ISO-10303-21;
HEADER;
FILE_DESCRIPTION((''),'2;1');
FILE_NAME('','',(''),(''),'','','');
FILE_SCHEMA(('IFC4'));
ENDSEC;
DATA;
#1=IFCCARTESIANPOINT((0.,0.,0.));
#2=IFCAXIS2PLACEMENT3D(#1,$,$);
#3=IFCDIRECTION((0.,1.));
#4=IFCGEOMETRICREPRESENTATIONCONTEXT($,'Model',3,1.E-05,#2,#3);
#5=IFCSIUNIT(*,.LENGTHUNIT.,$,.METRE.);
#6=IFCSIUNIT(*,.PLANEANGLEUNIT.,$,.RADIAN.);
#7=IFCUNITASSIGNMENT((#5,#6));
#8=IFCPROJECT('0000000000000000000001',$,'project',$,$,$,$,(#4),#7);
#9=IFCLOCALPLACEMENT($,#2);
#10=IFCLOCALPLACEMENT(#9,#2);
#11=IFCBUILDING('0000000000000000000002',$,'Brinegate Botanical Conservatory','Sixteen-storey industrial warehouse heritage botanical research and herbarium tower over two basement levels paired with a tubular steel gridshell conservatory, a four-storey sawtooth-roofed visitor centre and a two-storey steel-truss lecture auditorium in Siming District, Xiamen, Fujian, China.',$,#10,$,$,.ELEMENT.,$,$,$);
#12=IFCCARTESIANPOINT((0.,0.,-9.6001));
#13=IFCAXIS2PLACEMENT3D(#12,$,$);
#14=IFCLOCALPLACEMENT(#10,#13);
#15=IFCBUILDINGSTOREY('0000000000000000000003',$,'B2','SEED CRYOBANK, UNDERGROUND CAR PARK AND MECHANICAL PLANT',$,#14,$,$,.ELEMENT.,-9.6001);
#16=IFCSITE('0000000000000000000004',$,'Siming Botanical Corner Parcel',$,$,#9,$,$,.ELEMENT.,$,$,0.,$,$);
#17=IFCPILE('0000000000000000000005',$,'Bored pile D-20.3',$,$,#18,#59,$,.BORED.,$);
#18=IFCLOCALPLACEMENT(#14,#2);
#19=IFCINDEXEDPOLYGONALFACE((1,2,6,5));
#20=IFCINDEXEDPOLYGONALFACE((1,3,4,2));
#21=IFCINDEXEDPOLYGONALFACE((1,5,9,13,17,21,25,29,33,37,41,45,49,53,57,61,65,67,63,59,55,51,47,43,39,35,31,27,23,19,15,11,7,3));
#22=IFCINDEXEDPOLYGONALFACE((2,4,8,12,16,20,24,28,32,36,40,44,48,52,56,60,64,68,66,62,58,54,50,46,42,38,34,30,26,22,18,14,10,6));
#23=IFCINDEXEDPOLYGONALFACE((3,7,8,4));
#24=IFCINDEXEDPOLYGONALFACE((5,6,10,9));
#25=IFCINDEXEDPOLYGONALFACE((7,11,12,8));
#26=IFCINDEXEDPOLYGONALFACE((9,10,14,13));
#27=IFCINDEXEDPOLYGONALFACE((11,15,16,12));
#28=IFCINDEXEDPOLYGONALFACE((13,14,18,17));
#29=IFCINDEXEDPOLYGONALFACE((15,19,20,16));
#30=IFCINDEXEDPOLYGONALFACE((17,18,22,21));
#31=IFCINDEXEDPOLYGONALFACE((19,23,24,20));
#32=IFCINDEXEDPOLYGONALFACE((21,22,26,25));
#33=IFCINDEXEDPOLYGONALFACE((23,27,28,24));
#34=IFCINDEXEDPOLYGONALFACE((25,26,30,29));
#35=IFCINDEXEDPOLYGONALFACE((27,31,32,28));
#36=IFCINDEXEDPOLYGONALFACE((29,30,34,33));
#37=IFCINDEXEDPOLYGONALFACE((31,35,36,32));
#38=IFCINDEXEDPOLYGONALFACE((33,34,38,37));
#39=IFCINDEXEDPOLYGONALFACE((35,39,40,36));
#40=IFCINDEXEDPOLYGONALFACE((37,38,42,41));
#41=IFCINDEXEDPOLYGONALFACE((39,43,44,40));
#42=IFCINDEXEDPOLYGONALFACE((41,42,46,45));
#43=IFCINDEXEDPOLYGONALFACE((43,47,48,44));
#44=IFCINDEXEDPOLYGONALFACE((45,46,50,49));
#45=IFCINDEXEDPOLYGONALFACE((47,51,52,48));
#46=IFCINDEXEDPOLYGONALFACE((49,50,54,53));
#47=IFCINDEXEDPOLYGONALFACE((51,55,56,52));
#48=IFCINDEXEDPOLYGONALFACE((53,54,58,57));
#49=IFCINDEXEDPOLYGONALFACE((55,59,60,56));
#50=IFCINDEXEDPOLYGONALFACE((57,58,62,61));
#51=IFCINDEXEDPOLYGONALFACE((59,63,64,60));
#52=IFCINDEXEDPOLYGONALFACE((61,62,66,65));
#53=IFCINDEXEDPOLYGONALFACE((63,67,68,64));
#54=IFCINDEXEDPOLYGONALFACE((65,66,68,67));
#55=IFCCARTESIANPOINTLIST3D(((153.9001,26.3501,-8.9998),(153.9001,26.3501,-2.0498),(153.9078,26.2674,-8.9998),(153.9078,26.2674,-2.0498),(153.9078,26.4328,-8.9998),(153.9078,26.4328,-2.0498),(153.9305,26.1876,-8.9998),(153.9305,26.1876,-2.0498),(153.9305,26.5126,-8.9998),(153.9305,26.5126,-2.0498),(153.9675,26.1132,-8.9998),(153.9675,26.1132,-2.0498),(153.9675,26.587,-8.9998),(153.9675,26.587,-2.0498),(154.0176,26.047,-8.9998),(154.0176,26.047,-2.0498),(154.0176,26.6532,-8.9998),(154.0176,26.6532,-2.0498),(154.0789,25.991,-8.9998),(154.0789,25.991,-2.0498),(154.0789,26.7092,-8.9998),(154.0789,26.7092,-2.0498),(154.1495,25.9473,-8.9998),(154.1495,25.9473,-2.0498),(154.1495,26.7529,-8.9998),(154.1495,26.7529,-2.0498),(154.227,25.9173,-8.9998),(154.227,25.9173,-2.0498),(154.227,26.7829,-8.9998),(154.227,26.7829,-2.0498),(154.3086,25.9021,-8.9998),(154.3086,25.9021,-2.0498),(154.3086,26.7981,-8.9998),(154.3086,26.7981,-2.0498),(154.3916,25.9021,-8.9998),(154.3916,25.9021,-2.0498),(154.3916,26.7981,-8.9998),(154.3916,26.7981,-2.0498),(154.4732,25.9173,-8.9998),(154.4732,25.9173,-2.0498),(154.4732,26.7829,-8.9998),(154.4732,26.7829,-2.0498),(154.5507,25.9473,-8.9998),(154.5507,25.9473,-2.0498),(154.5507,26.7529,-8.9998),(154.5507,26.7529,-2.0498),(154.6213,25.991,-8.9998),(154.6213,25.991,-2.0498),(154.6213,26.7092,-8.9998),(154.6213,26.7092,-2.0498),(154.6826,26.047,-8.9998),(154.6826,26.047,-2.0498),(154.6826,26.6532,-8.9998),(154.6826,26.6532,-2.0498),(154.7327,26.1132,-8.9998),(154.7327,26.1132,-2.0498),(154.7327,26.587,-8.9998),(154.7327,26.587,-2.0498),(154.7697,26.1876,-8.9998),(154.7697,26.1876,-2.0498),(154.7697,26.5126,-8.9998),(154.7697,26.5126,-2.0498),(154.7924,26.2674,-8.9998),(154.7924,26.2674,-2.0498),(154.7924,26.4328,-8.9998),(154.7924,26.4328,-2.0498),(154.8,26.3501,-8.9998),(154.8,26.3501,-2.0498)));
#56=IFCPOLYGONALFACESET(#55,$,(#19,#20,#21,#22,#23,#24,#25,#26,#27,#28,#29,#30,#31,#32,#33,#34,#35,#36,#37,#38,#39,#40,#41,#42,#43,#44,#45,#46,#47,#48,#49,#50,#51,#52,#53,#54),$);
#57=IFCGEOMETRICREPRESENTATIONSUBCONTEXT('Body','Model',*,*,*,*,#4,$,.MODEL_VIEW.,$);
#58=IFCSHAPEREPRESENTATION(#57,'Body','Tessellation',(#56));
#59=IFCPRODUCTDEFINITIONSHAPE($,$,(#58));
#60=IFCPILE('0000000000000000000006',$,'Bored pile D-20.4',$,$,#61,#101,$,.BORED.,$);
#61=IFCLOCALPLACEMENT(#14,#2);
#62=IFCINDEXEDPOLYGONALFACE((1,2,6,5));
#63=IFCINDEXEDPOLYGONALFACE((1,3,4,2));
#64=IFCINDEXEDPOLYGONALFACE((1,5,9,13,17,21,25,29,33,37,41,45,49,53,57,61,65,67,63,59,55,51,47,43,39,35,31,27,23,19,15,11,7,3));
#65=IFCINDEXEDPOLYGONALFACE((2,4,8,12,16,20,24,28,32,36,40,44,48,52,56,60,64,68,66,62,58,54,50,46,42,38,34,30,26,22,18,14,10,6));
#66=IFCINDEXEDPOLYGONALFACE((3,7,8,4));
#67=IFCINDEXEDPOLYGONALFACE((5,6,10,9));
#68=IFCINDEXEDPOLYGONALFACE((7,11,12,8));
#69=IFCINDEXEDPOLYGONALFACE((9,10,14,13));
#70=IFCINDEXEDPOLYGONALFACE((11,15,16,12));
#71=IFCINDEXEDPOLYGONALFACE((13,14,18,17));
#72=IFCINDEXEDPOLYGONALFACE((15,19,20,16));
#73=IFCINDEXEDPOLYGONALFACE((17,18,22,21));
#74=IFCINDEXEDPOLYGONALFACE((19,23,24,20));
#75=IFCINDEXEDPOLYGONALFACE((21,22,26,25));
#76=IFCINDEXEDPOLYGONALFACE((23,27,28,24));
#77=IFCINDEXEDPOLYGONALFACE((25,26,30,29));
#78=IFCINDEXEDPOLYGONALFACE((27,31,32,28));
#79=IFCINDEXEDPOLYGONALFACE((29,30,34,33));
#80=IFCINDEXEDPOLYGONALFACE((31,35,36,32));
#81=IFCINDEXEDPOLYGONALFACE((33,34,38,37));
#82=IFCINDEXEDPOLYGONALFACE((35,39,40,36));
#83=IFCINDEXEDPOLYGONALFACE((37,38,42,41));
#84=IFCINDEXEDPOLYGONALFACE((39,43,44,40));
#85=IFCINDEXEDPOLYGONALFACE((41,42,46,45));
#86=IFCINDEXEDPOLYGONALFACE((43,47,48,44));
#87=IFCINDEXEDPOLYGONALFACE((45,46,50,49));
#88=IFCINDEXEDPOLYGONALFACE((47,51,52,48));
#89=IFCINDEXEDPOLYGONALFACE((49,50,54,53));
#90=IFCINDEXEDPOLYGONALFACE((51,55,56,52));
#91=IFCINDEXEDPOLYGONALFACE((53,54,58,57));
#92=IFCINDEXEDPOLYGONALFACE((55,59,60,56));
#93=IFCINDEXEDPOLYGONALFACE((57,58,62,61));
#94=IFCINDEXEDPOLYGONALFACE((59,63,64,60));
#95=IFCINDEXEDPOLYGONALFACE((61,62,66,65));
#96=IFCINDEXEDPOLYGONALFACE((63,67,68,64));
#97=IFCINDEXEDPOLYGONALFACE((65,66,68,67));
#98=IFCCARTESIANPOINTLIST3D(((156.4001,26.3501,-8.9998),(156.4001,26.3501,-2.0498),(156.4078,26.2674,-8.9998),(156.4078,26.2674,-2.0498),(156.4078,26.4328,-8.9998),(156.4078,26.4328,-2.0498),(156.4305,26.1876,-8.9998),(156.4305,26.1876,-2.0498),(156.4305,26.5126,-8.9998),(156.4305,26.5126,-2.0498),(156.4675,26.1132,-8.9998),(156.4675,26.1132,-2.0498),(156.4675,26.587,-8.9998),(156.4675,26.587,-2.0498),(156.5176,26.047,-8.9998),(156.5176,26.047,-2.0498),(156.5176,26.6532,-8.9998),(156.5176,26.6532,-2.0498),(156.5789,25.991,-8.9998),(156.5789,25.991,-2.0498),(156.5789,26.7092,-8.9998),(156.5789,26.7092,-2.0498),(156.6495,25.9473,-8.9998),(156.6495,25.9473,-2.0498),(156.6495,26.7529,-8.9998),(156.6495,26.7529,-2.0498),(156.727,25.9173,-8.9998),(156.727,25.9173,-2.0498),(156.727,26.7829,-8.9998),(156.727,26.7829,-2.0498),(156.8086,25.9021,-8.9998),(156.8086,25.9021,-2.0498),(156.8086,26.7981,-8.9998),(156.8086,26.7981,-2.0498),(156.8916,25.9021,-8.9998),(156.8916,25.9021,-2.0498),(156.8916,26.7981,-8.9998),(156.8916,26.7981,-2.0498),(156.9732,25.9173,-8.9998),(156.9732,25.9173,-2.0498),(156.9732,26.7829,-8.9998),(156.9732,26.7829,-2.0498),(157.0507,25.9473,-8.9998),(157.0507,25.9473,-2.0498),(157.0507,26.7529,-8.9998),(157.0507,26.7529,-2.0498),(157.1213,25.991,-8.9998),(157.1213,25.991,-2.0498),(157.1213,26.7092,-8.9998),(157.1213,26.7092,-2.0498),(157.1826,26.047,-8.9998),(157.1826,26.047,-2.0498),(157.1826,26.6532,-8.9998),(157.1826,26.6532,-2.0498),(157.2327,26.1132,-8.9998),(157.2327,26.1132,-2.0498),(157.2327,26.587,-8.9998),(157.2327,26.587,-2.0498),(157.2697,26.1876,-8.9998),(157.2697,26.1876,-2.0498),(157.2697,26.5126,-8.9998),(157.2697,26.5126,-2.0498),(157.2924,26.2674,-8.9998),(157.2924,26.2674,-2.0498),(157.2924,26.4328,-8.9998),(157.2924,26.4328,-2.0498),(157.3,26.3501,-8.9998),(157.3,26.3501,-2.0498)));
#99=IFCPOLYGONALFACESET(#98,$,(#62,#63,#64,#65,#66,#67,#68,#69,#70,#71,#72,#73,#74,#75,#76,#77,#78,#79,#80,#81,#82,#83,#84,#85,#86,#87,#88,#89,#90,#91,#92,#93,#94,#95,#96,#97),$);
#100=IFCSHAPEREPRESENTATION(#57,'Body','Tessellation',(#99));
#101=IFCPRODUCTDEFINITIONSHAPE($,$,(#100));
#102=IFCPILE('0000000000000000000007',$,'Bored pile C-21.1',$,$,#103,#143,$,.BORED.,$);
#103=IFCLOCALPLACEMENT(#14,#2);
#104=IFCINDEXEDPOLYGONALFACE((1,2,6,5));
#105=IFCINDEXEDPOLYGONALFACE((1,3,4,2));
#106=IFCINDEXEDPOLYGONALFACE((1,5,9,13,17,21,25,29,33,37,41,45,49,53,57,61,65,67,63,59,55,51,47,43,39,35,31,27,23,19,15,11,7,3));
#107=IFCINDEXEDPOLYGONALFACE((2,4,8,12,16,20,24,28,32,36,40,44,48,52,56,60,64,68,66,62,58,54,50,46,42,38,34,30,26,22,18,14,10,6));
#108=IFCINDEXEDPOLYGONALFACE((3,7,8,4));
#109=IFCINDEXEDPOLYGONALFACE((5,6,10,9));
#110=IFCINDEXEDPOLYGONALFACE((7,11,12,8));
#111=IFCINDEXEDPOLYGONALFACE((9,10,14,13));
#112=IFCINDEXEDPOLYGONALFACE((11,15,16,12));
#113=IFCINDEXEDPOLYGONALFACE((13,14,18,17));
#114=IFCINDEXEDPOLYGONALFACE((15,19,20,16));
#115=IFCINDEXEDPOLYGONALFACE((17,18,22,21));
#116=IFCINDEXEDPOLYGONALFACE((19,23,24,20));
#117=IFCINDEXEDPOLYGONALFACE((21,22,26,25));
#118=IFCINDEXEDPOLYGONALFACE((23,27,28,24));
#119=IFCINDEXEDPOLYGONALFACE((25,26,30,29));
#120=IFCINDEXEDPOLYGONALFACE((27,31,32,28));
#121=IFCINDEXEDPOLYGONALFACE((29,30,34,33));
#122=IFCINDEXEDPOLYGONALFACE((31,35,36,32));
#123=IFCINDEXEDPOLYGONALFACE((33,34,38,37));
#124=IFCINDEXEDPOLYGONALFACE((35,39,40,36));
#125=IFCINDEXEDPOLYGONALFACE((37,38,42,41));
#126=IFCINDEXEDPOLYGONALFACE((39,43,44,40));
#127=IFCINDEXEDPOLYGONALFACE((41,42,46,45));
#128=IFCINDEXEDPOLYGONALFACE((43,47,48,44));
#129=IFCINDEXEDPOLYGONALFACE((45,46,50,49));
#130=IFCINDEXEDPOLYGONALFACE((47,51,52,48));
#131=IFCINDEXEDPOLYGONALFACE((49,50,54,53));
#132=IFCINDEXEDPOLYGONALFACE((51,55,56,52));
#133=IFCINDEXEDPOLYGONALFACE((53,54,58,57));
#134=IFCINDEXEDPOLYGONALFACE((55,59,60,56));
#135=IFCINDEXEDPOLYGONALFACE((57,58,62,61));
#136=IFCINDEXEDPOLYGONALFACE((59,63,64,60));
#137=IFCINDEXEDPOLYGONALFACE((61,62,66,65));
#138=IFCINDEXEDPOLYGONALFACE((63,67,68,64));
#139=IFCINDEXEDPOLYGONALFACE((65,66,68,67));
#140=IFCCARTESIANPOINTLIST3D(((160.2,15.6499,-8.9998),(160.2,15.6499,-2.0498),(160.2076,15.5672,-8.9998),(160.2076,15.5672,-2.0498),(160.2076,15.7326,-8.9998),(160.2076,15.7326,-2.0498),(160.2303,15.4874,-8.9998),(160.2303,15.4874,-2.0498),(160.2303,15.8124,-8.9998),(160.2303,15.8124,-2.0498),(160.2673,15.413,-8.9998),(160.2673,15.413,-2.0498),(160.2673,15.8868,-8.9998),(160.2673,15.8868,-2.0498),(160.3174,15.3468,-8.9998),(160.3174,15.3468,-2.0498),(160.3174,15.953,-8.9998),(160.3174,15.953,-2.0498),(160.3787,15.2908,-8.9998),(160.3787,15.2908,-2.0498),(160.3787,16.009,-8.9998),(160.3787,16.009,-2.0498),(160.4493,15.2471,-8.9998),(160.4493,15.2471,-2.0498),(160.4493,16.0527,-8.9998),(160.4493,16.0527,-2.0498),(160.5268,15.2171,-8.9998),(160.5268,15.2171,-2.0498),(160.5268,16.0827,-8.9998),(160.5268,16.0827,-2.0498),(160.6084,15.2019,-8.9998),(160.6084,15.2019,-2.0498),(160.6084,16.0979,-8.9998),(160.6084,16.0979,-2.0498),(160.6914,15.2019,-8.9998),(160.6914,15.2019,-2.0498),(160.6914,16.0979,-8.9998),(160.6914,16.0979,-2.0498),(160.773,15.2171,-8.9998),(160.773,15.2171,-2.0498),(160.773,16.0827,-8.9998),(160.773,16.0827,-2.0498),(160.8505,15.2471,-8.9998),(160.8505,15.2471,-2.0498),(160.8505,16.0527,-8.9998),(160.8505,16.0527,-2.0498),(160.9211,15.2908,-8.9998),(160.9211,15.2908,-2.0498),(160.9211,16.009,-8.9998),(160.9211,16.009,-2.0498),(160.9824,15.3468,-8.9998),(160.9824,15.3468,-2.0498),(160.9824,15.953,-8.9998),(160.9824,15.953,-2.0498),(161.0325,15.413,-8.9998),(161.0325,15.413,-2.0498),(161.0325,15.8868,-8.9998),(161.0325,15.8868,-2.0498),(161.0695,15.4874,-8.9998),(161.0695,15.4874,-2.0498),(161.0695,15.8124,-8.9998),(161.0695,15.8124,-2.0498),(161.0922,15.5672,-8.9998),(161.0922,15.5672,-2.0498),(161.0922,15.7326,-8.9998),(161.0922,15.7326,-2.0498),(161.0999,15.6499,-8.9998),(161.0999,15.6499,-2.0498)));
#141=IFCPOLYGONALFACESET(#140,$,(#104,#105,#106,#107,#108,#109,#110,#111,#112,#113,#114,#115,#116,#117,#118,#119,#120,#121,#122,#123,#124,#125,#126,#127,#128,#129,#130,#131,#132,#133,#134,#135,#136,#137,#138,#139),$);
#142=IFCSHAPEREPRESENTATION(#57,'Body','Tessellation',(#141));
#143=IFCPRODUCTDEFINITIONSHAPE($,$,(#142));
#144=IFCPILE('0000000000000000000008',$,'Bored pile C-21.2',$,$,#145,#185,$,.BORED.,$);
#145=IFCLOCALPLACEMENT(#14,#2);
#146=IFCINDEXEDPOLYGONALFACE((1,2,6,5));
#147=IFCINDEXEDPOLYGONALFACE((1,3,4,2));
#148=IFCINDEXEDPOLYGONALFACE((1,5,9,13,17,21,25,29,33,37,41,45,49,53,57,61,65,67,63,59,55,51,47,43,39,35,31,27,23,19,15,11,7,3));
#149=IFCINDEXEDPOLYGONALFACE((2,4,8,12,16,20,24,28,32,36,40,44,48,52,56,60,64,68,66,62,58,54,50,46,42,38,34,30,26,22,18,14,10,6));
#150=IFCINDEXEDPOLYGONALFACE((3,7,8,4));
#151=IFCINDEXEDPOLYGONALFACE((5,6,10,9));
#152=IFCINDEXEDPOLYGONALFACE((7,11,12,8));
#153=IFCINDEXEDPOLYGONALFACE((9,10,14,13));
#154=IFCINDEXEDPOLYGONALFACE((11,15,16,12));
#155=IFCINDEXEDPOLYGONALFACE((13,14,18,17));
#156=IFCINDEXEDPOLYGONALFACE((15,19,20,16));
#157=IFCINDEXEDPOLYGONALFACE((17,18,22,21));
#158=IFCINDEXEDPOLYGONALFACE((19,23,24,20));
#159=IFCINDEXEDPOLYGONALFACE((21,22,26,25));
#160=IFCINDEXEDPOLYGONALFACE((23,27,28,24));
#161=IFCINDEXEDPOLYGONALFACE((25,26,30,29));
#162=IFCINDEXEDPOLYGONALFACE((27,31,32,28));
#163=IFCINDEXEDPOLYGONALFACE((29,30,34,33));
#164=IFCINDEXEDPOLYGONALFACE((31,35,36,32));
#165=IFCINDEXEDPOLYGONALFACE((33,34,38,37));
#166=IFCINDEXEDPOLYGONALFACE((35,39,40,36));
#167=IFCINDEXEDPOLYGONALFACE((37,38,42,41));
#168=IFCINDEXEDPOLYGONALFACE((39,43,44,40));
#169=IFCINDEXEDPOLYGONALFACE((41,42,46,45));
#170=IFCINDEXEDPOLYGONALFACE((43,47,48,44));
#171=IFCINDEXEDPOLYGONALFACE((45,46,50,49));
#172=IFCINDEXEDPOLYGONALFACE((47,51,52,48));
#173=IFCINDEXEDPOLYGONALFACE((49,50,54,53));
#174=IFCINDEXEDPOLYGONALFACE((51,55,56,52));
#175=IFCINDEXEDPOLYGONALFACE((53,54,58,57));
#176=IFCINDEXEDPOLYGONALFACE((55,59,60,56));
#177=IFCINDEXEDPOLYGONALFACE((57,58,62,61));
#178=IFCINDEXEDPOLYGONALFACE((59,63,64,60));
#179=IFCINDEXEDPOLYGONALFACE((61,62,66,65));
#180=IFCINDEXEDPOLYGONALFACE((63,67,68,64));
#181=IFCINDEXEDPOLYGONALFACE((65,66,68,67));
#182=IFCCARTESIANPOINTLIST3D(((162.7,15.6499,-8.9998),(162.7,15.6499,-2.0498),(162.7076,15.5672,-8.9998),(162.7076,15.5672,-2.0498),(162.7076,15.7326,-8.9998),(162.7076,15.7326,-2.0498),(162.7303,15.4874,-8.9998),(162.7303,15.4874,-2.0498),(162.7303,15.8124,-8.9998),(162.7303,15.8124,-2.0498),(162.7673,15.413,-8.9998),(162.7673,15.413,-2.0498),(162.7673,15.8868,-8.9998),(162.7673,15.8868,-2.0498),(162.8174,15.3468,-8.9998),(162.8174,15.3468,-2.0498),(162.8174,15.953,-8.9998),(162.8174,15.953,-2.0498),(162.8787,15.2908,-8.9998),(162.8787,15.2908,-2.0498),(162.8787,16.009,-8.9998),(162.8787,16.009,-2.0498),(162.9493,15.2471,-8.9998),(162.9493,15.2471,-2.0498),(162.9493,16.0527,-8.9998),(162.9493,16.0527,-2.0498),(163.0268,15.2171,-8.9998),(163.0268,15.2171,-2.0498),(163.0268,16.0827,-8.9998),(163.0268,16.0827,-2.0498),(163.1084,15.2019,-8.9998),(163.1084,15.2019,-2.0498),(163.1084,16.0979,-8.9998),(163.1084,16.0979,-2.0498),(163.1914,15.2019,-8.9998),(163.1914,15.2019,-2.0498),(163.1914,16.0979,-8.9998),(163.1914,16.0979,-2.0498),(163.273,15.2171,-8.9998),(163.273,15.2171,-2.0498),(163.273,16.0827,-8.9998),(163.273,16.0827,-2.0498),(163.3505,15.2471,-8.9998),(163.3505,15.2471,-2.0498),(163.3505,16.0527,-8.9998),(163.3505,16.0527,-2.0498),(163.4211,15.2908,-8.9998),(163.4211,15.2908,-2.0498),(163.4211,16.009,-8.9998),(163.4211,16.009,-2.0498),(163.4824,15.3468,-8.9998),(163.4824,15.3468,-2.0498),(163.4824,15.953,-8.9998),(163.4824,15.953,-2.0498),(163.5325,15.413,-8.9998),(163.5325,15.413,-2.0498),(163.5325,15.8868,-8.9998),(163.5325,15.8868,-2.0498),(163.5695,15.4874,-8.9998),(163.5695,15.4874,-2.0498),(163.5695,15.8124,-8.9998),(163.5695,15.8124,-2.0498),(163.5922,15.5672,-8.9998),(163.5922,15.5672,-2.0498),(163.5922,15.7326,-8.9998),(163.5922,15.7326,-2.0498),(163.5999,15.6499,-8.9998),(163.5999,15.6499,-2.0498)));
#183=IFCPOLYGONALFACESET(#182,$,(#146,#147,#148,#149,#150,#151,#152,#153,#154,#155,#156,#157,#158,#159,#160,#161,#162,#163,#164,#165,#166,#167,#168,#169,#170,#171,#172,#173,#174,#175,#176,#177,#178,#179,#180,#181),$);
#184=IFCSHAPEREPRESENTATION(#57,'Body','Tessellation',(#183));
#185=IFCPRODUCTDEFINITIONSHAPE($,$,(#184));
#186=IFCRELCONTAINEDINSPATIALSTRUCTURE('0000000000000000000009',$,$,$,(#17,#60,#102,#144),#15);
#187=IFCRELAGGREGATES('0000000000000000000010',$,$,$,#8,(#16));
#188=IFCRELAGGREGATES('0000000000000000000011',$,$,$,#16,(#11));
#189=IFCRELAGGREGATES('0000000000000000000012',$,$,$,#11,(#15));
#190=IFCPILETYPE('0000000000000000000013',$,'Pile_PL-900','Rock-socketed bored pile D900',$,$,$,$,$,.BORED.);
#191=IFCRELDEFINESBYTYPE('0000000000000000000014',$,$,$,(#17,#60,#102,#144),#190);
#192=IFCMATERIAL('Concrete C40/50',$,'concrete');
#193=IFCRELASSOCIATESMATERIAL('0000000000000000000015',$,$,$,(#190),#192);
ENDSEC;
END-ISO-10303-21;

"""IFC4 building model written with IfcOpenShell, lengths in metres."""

from ifc_helpers import new_model, si_unit, direction, frame, origin, origin_2d, place, context, subcontext, project, spatial, circle, extrude, material, material_profile, profile_set, type_object, element, save


model = new_model("IFC4")

# Units and contexts
model_context = context("Model", 3, precision=1e-05, world=origin(), true_north=direction((0.0, 1.0)))
body_context = subcontext(model_context, "Body", "Model", "MODEL_VIEW")
ifc_project = project(units=[si_unit("LENGTHUNIT", "METRE"), si_unit("PLANEANGLEUNIT", "RADIAN")], contexts=[model_context])

# Site, building, storey
site_placement = place(None, origin())
site = spatial("IfcSite", under=ifc_project, at=site_placement, Name="Siming Botanical Corner Parcel", CompositionType="ELEMENT", RefElevation=0.0)
building_placement = place(site_placement, origin())
building = spatial("IfcBuilding", under=site, at=building_placement, Name="Brinegate Botanical Conservatory", Description="Sixteen-storey industrial warehouse heritage botanical research and herbarium tower over two basement levels paired with a tubular steel gridshell conservatory, a four-storey sawtooth-roofed visitor centre and a two-storey steel-truss lecture auditorium in Siming District, Xiamen, Fujian, China.", CompositionType="ELEMENT")
storey_placement = place(building_placement, frame((0.0, 0.0, -9.6001)))
storey = spatial("IfcBuildingStorey", under=building, at=storey_placement, Name="B2", Description="SEED CRYOBANK, UNDERGROUND CAR PARK AND MECHANICAL PLANT", CompositionType="ELEMENT", Elevation=-9.6001)

# Shared definitions
ifc_material_1 = material(Name="Concrete C40/50", Category="concrete")

# Piles
ifc_material_profile_1 = material_profile(ifc_material_1, circle(Radius=0.45, at=origin_2d()), Name="PILE D900")
ifc_profile_set_1 = profile_set([ifc_material_profile_1], Name="Concrete C40/50")
pile_type = type_object("IfcPileType", Name="Pile_PL-900", Description="Rock-socketed bored pile D900", PredefinedType="BORED", material=ifc_profile_set_1)
for number, where, z_axis, x_axis, name in (
    (1, (154.3501, 26.3501, -2.0498), (0.0, 0.0, -1.0), (1.0, 0.0, 0.0), "Bored pile D-20.3"),
    (2, (156.8501, 26.3501, -2.0498), (0.0, 0.0, -1.0), (1.0, 0.0, 0.0), "Bored pile D-20.4"),
    (3, (160.6499, 15.6499, -2.0498), (0.0, 0.0, -1.0), (1.0, 0.0, 0.0), "Bored pile C-21.1"),
    (4, (163.1499, 15.6499, -2.0498), (0.0, 0.0, -1.0), (1.0, 0.0, 0.0), "Bored pile C-21.2"),
):
    element("IfcPile", number, at=place(storey_placement, frame(where, z_axis=z_axis, x_axis=x_axis)), inside=storey, type_object=pile_type, Name=name, PredefinedType="BORED", context=body_context, shape_type="SweptSolid", body=[
        extrude(circle(Radius=0.45, at=origin_2d()), origin(), (0.0, 0.0, 1.0), 6.95),
    ])

save(model, "model.ifc")
